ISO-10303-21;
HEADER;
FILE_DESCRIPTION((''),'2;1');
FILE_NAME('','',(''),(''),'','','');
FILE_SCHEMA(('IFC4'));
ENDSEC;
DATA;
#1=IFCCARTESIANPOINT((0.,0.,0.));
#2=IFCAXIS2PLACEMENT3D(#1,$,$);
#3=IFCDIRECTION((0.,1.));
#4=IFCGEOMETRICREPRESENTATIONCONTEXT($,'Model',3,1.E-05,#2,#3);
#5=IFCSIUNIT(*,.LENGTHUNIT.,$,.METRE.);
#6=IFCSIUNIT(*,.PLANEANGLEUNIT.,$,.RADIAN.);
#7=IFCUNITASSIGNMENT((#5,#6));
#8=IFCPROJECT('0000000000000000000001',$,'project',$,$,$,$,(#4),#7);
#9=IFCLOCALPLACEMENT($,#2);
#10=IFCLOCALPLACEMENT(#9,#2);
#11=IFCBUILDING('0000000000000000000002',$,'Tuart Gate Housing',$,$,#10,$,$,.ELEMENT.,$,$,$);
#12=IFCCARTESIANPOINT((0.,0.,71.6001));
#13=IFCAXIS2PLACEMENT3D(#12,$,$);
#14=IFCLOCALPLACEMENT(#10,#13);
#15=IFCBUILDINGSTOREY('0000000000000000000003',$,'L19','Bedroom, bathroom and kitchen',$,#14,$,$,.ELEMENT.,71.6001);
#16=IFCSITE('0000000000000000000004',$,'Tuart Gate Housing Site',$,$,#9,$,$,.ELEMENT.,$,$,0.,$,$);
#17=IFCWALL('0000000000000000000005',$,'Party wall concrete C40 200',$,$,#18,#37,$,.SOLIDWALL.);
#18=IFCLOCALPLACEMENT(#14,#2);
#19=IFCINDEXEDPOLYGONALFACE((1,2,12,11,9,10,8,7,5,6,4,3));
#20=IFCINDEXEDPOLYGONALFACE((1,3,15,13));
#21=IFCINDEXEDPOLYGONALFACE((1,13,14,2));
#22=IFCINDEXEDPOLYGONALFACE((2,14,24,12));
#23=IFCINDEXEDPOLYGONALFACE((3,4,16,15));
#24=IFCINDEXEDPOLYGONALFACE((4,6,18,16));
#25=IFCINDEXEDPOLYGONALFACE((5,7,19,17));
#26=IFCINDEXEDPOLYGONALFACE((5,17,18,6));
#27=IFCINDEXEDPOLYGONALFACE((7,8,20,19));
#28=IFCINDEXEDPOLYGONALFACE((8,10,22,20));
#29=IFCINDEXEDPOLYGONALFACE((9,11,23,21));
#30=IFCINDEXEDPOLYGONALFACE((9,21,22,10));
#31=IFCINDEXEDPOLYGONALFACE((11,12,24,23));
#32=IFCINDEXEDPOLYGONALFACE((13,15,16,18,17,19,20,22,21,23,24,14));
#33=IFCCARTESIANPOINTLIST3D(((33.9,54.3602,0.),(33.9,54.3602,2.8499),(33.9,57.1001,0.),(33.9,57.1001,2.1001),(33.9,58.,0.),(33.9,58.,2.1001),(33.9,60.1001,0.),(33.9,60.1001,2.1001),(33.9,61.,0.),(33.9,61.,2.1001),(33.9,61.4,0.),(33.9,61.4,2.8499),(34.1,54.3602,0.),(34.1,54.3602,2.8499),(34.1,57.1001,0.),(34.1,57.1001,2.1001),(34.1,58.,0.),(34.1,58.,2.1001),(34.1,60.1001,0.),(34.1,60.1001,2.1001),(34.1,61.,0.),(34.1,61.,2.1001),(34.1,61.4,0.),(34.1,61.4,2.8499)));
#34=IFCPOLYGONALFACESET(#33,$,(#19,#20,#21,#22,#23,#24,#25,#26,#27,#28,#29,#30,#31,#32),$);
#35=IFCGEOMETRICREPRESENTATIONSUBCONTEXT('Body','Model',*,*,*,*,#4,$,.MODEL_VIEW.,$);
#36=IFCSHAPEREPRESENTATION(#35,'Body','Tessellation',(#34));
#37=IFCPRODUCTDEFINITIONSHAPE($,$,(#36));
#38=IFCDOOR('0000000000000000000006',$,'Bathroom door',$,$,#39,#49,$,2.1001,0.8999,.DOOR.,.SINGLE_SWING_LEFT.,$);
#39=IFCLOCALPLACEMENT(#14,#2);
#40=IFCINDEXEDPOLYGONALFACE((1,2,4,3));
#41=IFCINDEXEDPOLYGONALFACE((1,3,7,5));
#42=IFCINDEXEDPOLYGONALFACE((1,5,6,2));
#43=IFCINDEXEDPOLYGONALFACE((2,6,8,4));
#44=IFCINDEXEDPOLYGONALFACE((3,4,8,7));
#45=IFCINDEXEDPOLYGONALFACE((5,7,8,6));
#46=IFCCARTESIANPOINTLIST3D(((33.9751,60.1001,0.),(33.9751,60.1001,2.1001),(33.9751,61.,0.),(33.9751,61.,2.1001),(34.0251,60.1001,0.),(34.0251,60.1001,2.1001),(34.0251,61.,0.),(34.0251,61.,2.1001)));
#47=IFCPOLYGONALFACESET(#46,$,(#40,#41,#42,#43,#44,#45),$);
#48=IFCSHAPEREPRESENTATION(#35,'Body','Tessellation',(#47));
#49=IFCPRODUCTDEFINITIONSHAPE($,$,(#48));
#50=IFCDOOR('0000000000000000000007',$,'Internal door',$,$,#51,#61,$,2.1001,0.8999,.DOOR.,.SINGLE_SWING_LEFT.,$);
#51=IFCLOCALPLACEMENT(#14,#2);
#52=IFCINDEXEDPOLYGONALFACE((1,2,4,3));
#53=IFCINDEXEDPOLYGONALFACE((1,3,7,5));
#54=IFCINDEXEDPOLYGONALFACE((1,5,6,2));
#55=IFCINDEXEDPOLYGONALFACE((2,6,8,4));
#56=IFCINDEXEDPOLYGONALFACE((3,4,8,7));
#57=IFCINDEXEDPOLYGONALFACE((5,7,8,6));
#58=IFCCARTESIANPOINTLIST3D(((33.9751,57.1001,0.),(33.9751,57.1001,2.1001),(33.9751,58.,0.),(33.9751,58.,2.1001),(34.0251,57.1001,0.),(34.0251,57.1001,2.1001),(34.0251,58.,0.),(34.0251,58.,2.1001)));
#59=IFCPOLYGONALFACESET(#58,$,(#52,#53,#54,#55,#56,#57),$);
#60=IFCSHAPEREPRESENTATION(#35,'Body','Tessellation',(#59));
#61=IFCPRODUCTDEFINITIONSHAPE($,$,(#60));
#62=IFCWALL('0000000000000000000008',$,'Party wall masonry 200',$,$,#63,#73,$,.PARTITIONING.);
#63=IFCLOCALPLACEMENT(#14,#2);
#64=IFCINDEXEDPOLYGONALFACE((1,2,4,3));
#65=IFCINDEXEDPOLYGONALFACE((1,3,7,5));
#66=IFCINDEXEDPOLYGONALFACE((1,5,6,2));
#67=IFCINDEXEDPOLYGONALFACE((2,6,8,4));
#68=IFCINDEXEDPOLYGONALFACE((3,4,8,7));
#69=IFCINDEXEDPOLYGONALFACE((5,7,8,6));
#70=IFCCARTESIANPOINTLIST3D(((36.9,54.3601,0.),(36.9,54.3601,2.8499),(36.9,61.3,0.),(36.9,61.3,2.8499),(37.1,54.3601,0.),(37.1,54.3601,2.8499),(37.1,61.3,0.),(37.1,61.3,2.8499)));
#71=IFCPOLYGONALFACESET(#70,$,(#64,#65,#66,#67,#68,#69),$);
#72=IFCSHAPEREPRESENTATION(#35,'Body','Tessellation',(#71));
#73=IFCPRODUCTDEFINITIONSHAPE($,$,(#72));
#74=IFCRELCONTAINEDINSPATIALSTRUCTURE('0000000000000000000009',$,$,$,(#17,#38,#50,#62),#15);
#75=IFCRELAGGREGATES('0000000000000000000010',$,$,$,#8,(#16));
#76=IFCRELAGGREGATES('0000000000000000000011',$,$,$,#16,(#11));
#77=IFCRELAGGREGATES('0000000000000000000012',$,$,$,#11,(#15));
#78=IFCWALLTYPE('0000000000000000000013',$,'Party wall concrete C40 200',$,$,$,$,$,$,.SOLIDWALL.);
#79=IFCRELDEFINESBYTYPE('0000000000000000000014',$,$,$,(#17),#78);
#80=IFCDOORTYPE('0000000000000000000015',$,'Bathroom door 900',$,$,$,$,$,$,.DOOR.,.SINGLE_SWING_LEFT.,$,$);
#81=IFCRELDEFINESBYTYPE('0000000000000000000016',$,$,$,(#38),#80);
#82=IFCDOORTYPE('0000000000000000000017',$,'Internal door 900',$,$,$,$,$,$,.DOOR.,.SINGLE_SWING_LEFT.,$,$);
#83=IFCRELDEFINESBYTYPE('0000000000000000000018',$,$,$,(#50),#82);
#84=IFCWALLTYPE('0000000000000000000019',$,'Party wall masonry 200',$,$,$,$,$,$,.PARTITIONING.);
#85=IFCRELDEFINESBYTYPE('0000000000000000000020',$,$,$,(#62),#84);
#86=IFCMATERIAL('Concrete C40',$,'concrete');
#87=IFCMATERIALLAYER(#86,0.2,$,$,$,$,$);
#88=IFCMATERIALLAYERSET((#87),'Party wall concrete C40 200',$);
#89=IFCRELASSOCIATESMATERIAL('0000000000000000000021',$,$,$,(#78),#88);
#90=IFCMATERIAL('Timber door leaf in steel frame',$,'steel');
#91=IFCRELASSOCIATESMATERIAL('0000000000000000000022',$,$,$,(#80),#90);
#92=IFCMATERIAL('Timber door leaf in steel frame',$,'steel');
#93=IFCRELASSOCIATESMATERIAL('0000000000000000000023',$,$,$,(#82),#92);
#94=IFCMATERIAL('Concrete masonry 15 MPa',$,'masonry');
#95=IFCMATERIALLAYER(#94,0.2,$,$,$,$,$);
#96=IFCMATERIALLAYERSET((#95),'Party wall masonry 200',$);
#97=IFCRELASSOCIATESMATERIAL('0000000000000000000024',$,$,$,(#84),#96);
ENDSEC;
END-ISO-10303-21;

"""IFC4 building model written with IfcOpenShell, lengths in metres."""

from ifc_helpers import new_model, si_unit, direction, frame, frame_2d, origin, place, context, subcontext, project, spatial, rectangle, extrude, material, layer, layer_set, type_object, element, fill, save


model = new_model("IFC4")

# Units and contexts
model_context = context("Model", 3, precision=1e-05, world=origin(), true_north=direction((0.0, 1.0)))
body_context = subcontext(model_context, "Body", "Model", "MODEL_VIEW")
ifc_project = project(units=[si_unit("LENGTHUNIT", "METRE"), si_unit("PLANEANGLEUNIT", "RADIAN")], contexts=[model_context])

# Site, building, storey
site_placement = place(None, origin())
site = spatial("IfcSite", under=ifc_project, at=site_placement, Name="Tuart Gate Housing Site", CompositionType="ELEMENT", RefElevation=0.0)
building_placement = place(site_placement, origin())
building = spatial("IfcBuilding", under=site, at=building_placement, Name="Tuart Gate Housing", CompositionType="ELEMENT")
storey_placement = place(building_placement, frame((0.0, 0.0, 71.6001)))
storey = spatial("IfcBuildingStorey", under=building, at=storey_placement, Name="L19", Description="Bedroom, bathroom and kitchen", CompositionType="ELEMENT", Elevation=71.6001)

# Wall, openings, doors
ifc_material_1 = material(Name="Concrete C40", Category="concrete")
ifc_layer_1 = layer(ifc_material_1, 0.2)
ifc_layer_set_1 = layer_set([ifc_layer_1], Name="Party wall concrete C40 200")
wall_type_1 = type_object("IfcWallType", Name="Party wall concrete C40 200", PredefinedType="SOLIDWALL", material=ifc_layer_set_1)
wall_1_placement = place(storey_placement, frame((34.0, 54.3601, 0.0), z_axis=(0.0, 0.0, 1.0), x_axis=(0.0, 1.0, 0.0)))
wall_1 = element("IfcWall", 1, at=wall_1_placement, inside=storey, type_object=wall_type_1, Name="Party wall concrete C40 200", PredefinedType="SOLIDWALL", context=body_context, shape_type="SweptSolid", body=[
    extrude(rectangle(XDim=7.0398, YDim=0.2, at=frame_2d((3.52, 0.0))), origin(), (0.0, 0.0, 1.0), 2.8499),
])
opening_1_placement = place(wall_1_placement, frame((2.74, 0.0, 0.0)))
opening_1 = element("IfcOpeningElement", 2, at=opening_1_placement, cuts=wall_1, PredefinedType="OPENING", context=body_context, shape_type="SweptSolid", body=[
    extrude(rectangle(XDim=0.8999, YDim=2.1001, at=frame_2d((0.45, 1.05))), frame((0.0, 0.1099, 0.0), z_axis=(0.0, -1.0, 0.0), x_axis=(1.0, 0.0, 0.0)), (0.0, 0.0, 1.0), 0.22),
])
opening_2_placement = place(wall_1_placement, frame((5.74, 0.0, 0.0)))
opening_2 = element("IfcOpeningElement", 3, at=opening_2_placement, cuts=wall_1, PredefinedType="OPENING", context=body_context, shape_type="SweptSolid", body=[
    extrude(rectangle(XDim=0.8999, YDim=2.1001, at=frame_2d((0.45, 1.05))), frame((0.0, 0.1099, 0.0), z_axis=(0.0, -1.0, 0.0), x_axis=(1.0, 0.0, 0.0)), (0.0, 0.0, 1.0), 0.22),
])
ifc_material_2 = material(Name="Timber door leaf in steel frame", Category="steel")
door_type_1 = type_object("IfcDoorType", Name="Bathroom door 900", OperationType="SINGLE_SWING_LEFT", PredefinedType="DOOR", material=ifc_material_2)
door_1_placement = place(opening_2_placement, frame((0.8999, 0.0, 0.0), z_axis=(0.0, 0.0, 1.0), x_axis=(-1.0, 0.0, 0.0)))
door_1 = element("IfcDoor", 4, at=door_1_placement, inside=storey, type_object=door_type_1, Name="Bathroom door", OperationType="SINGLE_SWING_LEFT", OverallHeight=2.1001, OverallWidth=0.8999, PredefinedType="DOOR", context=body_context, shape_type="SweptSolid", body=[
    extrude(rectangle(XDim=0.8999, YDim=2.1001, at=frame_2d((0.45, 1.05))), frame((0.0, 0.0251, 0.0), z_axis=(0.0, -1.0, 0.0), x_axis=(1.0, 0.0, 0.0)), (0.0, 0.0, 1.0), 0.05),
])
fill(opening_2, door_1)
ifc_material_3 = material(Name="Timber door leaf in steel frame", Category="steel")
door_type_2 = type_object("IfcDoorType", Name="Internal door 900", OperationType="SINGLE_SWING_LEFT", PredefinedType="DOOR", material=ifc_material_3)
door_2_placement = place(opening_1_placement, frame((0.8999, 0.0, 0.0), z_axis=(0.0, 0.0, 1.0), x_axis=(-1.0, 0.0, 0.0)))
door_2 = element("IfcDoor", 5, at=door_2_placement, inside=storey, type_object=door_type_2, Name="Internal door", OperationType="SINGLE_SWING_LEFT", OverallHeight=2.1001, OverallWidth=0.8999, PredefinedType="DOOR", context=body_context, shape_type="SweptSolid", body=[
    extrude(rectangle(XDim=0.8999, YDim=2.1001, at=frame_2d((0.45, 1.05))), frame((0.0, 0.0251, 0.0), z_axis=(0.0, -1.0, 0.0), x_axis=(1.0, 0.0, 0.0)), (0.0, 0.0, 1.0), 0.05),
])
fill(opening_1, door_2)

# Wall
ifc_material_4 = material(Name="Concrete masonry 15 MPa", Category="masonry")
ifc_layer_2 = layer(ifc_material_4, 0.2)
ifc_layer_set_2 = layer_set([ifc_layer_2], Name="Party wall masonry 200")
wall_type_2 = type_object("IfcWallType", Name="Party wall masonry 200", PredefinedType="PARTITIONING", material=ifc_layer_set_2)
wall_2_placement = place(storey_placement, frame((37.0, 54.3601, 0.0), z_axis=(0.0, 0.0, 1.0), x_axis=(0.0, 1.0, 0.0)))
element("IfcWall", 6, at=wall_2_placement, inside=storey, type_object=wall_type_2, Name="Party wall masonry 200", PredefinedType="PARTITIONING", context=body_context, shape_type="SweptSolid", body=[
    extrude(rectangle(XDim=6.9399, YDim=0.2, at=frame_2d((3.47, 0.0))), origin(), (0.0, 0.0, 1.0), 2.8499),
])

save(model, "model.ifc")
